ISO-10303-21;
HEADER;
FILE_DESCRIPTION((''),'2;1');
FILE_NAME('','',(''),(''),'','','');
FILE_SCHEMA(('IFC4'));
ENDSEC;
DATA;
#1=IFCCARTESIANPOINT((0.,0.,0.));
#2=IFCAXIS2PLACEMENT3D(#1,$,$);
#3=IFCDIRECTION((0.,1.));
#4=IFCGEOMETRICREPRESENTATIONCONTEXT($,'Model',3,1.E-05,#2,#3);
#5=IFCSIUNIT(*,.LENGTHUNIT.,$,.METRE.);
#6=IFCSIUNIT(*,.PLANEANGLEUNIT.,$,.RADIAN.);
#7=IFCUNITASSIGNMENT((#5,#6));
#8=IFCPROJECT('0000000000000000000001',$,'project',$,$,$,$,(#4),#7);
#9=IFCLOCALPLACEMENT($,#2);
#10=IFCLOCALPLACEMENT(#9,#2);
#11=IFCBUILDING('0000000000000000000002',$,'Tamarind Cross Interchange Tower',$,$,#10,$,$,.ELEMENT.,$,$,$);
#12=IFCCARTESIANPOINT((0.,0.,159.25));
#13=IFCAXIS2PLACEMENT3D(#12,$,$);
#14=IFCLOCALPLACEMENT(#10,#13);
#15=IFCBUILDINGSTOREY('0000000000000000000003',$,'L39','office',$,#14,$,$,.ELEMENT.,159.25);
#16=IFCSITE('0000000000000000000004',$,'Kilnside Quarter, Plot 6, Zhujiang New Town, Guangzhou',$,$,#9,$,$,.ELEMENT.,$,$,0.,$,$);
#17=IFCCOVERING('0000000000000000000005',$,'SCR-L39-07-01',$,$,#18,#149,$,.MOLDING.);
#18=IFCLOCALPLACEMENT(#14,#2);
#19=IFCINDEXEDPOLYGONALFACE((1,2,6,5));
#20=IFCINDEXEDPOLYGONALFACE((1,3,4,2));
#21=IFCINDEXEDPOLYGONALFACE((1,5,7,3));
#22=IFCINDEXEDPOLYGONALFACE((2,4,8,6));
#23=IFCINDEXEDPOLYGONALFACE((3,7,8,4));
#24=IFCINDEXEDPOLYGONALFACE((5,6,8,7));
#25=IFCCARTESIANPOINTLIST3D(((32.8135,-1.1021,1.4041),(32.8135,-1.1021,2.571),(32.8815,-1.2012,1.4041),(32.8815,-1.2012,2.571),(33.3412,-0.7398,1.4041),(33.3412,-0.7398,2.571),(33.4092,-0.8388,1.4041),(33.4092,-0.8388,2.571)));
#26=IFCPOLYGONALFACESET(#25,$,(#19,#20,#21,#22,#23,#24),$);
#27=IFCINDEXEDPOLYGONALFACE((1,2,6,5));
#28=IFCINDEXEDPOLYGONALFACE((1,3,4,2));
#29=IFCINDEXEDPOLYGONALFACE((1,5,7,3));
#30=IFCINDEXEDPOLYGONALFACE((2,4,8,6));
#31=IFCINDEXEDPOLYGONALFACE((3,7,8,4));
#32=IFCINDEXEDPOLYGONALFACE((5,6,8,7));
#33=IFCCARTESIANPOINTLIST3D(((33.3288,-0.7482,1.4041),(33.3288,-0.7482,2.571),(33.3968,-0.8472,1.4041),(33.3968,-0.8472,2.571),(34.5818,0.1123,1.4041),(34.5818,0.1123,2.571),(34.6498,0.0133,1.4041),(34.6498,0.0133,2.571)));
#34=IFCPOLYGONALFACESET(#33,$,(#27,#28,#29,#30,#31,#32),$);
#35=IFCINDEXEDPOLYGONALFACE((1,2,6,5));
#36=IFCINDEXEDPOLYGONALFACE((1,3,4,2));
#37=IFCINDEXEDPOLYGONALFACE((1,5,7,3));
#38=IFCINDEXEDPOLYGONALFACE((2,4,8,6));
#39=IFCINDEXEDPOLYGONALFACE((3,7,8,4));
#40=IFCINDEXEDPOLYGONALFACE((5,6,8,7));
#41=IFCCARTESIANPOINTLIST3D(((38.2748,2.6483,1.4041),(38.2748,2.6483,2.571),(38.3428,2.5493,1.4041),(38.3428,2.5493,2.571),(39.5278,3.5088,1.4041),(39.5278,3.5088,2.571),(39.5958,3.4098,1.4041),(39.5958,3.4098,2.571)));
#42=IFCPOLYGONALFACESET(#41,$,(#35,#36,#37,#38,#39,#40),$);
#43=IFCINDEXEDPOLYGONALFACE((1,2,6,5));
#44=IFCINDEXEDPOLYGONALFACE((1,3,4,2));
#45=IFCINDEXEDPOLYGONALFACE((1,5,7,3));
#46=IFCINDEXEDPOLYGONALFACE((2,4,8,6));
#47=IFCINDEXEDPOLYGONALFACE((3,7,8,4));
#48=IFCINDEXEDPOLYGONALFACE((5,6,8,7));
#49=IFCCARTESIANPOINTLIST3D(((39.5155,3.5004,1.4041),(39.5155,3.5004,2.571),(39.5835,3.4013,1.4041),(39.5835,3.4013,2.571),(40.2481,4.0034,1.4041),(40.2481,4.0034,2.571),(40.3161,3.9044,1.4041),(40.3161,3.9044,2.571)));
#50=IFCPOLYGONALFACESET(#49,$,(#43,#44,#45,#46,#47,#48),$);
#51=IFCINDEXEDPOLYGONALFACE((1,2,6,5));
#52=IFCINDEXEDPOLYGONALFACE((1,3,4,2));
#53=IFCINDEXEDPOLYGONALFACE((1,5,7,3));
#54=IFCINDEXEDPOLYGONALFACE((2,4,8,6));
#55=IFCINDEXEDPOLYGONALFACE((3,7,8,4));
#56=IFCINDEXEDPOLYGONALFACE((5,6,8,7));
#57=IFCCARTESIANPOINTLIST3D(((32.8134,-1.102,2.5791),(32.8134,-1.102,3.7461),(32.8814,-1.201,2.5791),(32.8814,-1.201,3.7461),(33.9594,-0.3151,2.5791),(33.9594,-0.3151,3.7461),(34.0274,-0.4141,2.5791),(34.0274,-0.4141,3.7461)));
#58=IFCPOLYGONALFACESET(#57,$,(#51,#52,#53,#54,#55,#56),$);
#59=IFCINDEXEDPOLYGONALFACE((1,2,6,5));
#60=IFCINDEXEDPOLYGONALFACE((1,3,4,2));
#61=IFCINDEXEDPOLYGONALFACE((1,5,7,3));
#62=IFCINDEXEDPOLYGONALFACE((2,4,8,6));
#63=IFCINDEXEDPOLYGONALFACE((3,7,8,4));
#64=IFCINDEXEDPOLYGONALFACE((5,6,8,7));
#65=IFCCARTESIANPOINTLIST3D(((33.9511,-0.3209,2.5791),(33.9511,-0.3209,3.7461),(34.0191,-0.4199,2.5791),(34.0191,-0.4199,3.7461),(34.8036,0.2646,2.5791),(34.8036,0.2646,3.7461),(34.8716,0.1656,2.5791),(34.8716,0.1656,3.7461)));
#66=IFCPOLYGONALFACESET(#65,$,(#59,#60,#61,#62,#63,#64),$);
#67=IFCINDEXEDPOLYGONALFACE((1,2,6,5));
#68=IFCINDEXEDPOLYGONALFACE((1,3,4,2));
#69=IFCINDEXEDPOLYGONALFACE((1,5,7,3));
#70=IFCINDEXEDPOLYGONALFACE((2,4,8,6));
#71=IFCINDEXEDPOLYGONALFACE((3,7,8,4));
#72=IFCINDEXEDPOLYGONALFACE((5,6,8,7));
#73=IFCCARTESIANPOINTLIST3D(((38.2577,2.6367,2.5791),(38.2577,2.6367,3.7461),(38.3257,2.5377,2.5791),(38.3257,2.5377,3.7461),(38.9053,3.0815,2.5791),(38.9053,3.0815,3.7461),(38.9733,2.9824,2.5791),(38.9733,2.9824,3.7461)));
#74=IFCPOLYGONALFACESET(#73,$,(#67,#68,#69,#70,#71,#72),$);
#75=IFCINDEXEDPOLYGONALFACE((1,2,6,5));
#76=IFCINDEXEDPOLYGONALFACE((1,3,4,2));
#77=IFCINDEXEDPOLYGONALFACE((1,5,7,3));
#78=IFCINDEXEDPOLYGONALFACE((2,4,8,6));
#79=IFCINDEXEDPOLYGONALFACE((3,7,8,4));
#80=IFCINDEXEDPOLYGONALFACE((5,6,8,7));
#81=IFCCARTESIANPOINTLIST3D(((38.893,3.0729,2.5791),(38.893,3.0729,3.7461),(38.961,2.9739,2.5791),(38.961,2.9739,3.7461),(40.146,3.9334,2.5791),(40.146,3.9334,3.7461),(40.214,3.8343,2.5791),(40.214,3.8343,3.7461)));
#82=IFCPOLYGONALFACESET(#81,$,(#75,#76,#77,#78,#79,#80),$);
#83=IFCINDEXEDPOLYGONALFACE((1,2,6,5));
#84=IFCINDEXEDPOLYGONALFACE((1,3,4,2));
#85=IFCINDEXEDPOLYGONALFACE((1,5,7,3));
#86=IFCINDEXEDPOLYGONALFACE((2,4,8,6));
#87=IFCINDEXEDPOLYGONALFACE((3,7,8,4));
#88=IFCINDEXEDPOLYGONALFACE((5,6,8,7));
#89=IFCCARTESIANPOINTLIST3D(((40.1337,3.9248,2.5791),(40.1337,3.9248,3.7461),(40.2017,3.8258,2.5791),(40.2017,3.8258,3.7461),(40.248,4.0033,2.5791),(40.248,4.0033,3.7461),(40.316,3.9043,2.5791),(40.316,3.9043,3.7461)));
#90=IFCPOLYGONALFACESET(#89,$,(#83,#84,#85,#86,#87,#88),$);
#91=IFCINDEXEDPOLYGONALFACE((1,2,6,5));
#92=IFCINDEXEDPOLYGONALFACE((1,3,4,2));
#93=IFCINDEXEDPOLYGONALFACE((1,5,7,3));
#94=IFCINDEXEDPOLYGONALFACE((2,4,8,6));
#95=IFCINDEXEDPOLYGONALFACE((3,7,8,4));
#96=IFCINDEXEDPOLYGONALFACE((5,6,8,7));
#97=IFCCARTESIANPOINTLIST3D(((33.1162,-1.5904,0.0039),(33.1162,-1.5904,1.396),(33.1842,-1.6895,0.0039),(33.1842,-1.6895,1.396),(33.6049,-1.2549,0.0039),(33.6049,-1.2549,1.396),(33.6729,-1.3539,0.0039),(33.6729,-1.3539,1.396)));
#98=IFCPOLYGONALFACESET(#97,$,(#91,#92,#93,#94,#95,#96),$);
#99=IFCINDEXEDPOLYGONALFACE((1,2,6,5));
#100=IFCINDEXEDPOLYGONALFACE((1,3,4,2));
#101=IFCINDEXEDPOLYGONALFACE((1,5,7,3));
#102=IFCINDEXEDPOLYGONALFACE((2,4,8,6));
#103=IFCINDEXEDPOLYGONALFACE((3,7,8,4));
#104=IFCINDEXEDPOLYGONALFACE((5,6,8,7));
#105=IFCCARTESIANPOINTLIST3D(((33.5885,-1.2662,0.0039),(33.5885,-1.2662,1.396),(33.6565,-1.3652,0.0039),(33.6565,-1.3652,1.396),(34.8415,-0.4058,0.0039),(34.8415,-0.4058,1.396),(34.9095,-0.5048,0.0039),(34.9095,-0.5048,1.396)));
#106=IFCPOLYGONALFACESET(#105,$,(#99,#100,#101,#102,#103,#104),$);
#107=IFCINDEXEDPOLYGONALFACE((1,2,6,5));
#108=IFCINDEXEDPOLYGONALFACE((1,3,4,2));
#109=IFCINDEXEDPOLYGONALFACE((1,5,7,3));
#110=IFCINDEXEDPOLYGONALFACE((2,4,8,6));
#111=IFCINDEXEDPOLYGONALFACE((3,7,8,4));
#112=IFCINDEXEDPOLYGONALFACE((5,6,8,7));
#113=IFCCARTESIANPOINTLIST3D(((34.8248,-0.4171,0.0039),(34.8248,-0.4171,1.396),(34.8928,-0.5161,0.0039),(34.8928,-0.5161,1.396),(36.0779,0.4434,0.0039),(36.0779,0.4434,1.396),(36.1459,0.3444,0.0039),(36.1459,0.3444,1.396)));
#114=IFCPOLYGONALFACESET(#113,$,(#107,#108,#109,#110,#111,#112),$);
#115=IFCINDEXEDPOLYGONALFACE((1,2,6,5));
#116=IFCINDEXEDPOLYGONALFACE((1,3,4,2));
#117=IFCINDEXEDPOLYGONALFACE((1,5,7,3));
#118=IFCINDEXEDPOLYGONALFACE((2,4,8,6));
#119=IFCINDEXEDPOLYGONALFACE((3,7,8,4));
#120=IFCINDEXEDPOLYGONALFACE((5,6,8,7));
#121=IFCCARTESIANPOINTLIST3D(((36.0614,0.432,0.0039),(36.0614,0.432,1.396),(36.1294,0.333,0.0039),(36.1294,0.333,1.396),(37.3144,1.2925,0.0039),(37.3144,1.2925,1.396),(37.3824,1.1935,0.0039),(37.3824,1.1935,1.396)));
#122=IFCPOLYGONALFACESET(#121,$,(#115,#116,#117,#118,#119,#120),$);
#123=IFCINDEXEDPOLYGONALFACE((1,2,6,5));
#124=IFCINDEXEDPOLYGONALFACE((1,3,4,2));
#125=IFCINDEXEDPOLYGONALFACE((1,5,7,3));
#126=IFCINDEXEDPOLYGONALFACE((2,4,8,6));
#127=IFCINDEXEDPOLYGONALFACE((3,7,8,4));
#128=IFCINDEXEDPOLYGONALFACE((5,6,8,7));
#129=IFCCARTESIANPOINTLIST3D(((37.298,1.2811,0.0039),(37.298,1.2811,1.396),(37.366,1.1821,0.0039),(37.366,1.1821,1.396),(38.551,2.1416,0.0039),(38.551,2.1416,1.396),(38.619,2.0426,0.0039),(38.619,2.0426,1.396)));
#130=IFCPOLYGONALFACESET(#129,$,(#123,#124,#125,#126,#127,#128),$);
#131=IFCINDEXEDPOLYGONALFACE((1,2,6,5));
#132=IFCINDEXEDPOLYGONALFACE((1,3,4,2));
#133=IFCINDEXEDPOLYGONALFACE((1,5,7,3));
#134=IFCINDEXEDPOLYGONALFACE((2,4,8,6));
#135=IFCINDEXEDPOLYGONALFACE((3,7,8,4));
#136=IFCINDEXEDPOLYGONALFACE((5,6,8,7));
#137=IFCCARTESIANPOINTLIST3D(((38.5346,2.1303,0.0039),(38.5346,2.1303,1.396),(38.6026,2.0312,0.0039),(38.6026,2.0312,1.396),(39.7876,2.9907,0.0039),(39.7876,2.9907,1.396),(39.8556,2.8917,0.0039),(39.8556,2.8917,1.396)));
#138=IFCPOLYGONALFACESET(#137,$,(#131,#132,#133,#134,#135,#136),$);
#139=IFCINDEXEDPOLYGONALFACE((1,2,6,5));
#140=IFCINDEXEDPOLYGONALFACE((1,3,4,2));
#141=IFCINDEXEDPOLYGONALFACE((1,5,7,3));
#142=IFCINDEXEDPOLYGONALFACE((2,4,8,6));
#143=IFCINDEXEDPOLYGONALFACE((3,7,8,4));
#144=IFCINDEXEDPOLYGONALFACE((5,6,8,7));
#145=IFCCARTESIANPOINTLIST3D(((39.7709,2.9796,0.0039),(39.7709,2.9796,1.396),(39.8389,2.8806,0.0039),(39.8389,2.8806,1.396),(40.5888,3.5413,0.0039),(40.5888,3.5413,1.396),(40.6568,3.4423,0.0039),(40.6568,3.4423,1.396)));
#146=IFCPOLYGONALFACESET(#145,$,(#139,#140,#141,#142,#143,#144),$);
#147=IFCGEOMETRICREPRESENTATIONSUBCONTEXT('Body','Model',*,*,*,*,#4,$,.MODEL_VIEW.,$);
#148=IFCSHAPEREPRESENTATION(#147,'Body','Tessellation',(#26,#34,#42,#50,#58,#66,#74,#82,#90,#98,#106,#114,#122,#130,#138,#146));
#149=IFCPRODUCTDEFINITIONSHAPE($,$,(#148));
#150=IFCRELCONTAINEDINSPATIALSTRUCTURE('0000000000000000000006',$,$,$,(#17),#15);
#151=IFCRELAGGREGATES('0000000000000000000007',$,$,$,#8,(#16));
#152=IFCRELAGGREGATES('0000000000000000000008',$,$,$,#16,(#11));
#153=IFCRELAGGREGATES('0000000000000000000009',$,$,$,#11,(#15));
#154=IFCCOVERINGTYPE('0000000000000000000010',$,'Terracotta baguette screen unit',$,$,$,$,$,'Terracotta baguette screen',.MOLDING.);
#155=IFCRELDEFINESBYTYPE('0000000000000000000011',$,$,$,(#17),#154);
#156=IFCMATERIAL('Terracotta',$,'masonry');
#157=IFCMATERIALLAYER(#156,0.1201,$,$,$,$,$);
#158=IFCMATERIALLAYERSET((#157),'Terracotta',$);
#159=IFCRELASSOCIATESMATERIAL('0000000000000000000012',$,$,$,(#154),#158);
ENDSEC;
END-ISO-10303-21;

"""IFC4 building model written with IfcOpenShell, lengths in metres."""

from ifc_helpers import new_model, si_unit, direction, frame, origin, origin_2d, place, context, subcontext, project, spatial, rectangle, extrude, material, layer, layer_set, type_object, element, save


model = new_model("IFC4")

# Units and contexts
model_context = context("Model", 3, precision=1e-05, world=origin(), true_north=direction((0.0, 1.0)))
body_context = subcontext(model_context, "Body", "Model", "MODEL_VIEW")
ifc_project = project(units=[si_unit("LENGTHUNIT", "METRE"), si_unit("PLANEANGLEUNIT", "RADIAN")], contexts=[model_context])

# Site, building, storey
site_placement = place(None, origin())
site = spatial("IfcSite", under=ifc_project, at=site_placement, Name="Kilnside Quarter, Plot 6, Zhujiang New Town, Guangzhou", CompositionType="ELEMENT", RefElevation=0.0)
building_placement = place(site_placement, origin())
building = spatial("IfcBuilding", under=site, at=building_placement, Name="Tamarind Cross Interchange Tower", CompositionType="ELEMENT")
storey_placement = place(building_placement, frame((0.0, 0.0, 159.25)))
storey = spatial("IfcBuildingStorey", under=building, at=storey_placement, Name="L39", Description="office", CompositionType="ELEMENT", Elevation=159.25)

# Covering
ifc_material_1 = material(Name="Terracotta", Category="masonry")
ifc_layer_1 = layer(ifc_material_1, 0.1201)
ifc_layer_set_1 = layer_set([ifc_layer_1], Name="Terracotta")
covering_type = type_object("IfcCoveringType", Name="Terracotta baguette screen unit", ElementType="Terracotta baguette screen", PredefinedType="MOLDING", material=ifc_layer_set_1)
covering_1_placement = place(storey_placement, origin())
element("IfcCovering", 1, at=covering_1_placement, inside=storey, type_object=covering_type, Name="SCR-L39-07-01", PredefinedType="MOLDING", context=body_context, shape_type="SweptSolid", body=[
    extrude(rectangle(XDim=0.6401, YDim=0.1201, at=origin_2d()), frame((33.1113, -0.9705, 1.4041), z_axis=(0.0, 0.0, 1.0), x_axis=(0.82434, 0.566096, 0.0)), (0.0, 0.0, 1.0), 1.167),
    extrude(rectangle(XDim=1.52, YDim=0.1201, at=origin_2d()), frame((33.9893, -0.3674, 1.4041), z_axis=(0.0, 0.0, 1.0), x_axis=(0.82434, 0.566096, 0.0)), (0.0, 0.0, 1.0), 1.167),
    extrude(rectangle(XDim=1.52, YDim=0.1201, at=origin_2d()), frame((38.9353, 3.0291, 1.4041), z_axis=(0.0, 0.0, 1.0), x_axis=(0.82434, 0.566096, 0.0)), (0.0, 0.0, 1.0), 1.167),
    extrude(rectangle(XDim=0.8887, YDim=0.1201, at=origin_2d()), frame((39.9158, 3.7024, 1.4041), z_axis=(0.0, 0.0, 1.0), x_axis=(0.82434, 0.566096, 0.0)), (0.0, 0.0, 1.0), 1.167),
    extrude(rectangle(XDim=1.3901, YDim=0.1201, at=origin_2d()), frame((33.4204, -0.7581, 2.5791), z_axis=(0.0, 0.0, 1.0), x_axis=(0.82434, 0.566096, 0.0)), (0.0, 0.0, 1.0), 1.167),
    extrude(rectangle(XDim=1.0342, YDim=0.1201, at=origin_2d()), frame((34.4114, -0.0776, 2.5791), z_axis=(0.0, 0.0, 1.0), x_axis=(0.82434, 0.566096, 0.0)), (0.0, 0.0, 1.0), 1.167),
    extrude(rectangle(XDim=0.7856, YDim=0.1201, at=origin_2d()), frame((38.6155, 2.8096, 2.5791), z_axis=(0.0, 0.0, 1.0), x_axis=(0.82434, 0.566096, 0.0)), (0.0, 0.0, 1.0), 1.167),
    extrude(rectangle(XDim=1.52, YDim=0.1201, at=origin_2d()), frame((39.5535, 3.4536, 2.5791), z_axis=(0.0, 0.0, 1.0), x_axis=(0.82434, 0.566096, 0.0)), (0.0, 0.0, 1.0), 1.167),
    extrude(rectangle(XDim=0.1387, YDim=0.1201, at=origin_2d()), frame((40.2249, 3.9146, 2.5791), z_axis=(0.0, 0.0, 1.0), x_axis=(0.82434, 0.566096, 0.0)), (0.0, 0.0, 1.0), 1.167),
    extrude(rectangle(XDim=0.5928, YDim=0.1201, at=origin_2d()), frame((33.3945, -1.4722, 0.0039), z_axis=(0.0, 0.0, 1.0), x_axis=(0.82434, 0.566096, 0.0)), (0.0, 0.0, 1.0), 1.3921),
    extrude(rectangle(XDim=1.52, YDim=0.1201, at=origin_2d()), frame((34.249, -0.8855, 0.0039), z_axis=(0.0, 0.0, 1.0), x_axis=(0.82434, 0.566096, 0.0)), (0.0, 0.0, 1.0), 1.3921),
    extrude(rectangle(XDim=1.52, YDim=0.1201, at=origin_2d()), frame((35.4854, -0.0364, 0.0039), z_axis=(0.0, 0.0, 1.0), x_axis=(0.82434, 0.566096, 0.0)), (0.0, 0.0, 1.0), 1.3921),
    extrude(rectangle(XDim=1.52, YDim=0.1201, at=origin_2d()), frame((36.7219, 0.8127, 0.0039), z_axis=(0.0, 0.0, 1.0), x_axis=(0.82434, 0.566096, 0.0)), (0.0, 0.0, 1.0), 1.3921),
    extrude(rectangle(XDim=1.52, YDim=0.1201, at=origin_2d()), frame((37.9585, 1.6619, 0.0039), z_axis=(0.0, 0.0, 1.0), x_axis=(0.82434, 0.566096, 0.0)), (0.0, 0.0, 1.0), 1.3921),
    extrude(rectangle(XDim=1.52, YDim=0.1201, at=origin_2d()), frame((39.1951, 2.511, 0.0039), z_axis=(0.0, 0.0, 1.0), x_axis=(0.82434, 0.566096, 0.0)), (0.0, 0.0, 1.0), 1.3921),
    extrude(rectangle(XDim=0.9922, YDim=0.1201, at=origin_2d()), frame((40.2139, 3.2109, 0.0039), z_axis=(0.0, 0.0, 1.0), x_axis=(0.82434, 0.566096, 0.0)), (0.0, 0.0, 1.0), 1.3921),
])

save(model, "model.ifc")
